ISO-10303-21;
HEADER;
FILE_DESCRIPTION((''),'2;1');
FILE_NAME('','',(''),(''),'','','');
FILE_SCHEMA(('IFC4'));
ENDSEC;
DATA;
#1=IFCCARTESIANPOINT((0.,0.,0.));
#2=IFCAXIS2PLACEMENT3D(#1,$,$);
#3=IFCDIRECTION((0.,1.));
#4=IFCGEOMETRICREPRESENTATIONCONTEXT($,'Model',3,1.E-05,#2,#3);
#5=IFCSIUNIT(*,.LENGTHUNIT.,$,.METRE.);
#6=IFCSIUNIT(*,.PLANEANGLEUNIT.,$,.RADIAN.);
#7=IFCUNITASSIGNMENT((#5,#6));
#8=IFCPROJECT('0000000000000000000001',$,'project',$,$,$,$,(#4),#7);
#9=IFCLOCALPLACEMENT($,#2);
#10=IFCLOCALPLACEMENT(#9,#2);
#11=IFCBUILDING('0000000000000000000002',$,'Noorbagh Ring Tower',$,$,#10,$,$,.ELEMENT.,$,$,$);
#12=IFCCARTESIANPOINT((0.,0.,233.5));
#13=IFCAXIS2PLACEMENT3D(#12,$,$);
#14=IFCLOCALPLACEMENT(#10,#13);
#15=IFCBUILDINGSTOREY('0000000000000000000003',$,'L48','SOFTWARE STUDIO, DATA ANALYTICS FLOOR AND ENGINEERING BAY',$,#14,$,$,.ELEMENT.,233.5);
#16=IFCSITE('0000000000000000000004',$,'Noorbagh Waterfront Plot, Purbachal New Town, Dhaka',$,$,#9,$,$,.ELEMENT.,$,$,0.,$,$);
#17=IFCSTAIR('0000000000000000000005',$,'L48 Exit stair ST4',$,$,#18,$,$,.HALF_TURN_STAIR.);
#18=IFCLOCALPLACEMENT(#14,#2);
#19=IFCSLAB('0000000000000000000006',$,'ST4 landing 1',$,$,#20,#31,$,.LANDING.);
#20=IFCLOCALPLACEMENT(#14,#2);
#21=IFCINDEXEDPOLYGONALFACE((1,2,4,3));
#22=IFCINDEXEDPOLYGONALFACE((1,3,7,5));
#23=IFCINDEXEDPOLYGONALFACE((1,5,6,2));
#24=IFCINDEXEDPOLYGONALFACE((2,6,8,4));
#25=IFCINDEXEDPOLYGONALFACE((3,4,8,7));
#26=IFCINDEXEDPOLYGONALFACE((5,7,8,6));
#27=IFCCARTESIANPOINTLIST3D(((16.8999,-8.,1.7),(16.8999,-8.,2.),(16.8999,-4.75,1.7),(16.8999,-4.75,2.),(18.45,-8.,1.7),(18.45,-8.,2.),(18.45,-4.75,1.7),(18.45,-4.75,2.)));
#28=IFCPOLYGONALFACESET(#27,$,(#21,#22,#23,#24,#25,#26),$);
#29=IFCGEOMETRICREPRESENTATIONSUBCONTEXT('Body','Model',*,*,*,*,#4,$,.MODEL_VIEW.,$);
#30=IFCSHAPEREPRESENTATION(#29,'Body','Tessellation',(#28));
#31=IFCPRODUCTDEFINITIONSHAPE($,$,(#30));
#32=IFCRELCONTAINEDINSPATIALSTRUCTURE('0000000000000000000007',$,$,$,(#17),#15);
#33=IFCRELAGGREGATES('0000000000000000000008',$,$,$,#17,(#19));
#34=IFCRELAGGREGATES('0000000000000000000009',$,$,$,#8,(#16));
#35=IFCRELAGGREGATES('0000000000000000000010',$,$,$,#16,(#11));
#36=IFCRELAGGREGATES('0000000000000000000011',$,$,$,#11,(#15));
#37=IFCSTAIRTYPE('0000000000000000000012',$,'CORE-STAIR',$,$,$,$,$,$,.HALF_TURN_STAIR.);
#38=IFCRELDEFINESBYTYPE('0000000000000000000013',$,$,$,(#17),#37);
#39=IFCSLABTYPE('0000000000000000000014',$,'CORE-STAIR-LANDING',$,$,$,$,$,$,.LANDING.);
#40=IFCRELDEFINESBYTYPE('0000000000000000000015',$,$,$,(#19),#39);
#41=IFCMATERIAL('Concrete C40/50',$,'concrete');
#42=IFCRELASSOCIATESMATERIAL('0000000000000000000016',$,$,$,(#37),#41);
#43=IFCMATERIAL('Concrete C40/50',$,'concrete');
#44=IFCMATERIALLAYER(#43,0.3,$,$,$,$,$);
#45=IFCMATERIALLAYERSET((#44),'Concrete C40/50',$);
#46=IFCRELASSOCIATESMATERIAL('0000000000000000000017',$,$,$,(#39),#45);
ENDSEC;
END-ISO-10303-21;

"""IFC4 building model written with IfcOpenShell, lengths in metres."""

from ifc_helpers import new_model, si_unit, direction, frame, origin, place, context, subcontext, project, spatial, polyline, outline, extrude, material, layer, layer_set, type_object, element, aggregate, save


model = new_model("IFC4")

# Units and contexts
model_context = context("Model", 3, precision=1e-05, world=origin(), true_north=direction((0.0, 1.0)))
body_context = subcontext(model_context, "Body", "Model", "MODEL_VIEW")
ifc_project = project(units=[si_unit("LENGTHUNIT", "METRE"), si_unit("PLANEANGLEUNIT", "RADIAN")], contexts=[model_context])

# Site, building, storey
site_placement = place(None, origin())
building_placement = place(site_placement, origin())
storey_placement = place(building_placement, frame((0.0, 0.0, 233.5)))
site = spatial("IfcSite", under=ifc_project, at=site_placement, Name="Noorbagh Waterfront Plot, Purbachal New Town, Dhaka", CompositionType="ELEMENT", RefElevation=0.0)
building = spatial("IfcBuilding", under=site, at=building_placement, Name="Noorbagh Ring Tower", CompositionType="ELEMENT")
storey = spatial("IfcBuildingStorey", under=building, at=storey_placement, Name="L48", Description="SOFTWARE STUDIO, DATA ANALYTICS FLOOR AND ENGINEERING BAY", CompositionType="ELEMENT", Elevation=233.5)

# Stair, slab
ifc_material_1 = material(Name="Concrete C40/50", Category="concrete")
stair_type = type_object("IfcStairType", Name="CORE-STAIR", PredefinedType="HALF_TURN_STAIR", material=ifc_material_1)
ifc_material_2 = material(Name="Concrete C40/50", Category="concrete")
ifc_layer_1 = layer(ifc_material_2, 0.3)
ifc_layer_set_1 = layer_set([ifc_layer_1], Name="Concrete C40/50")
slab_type = type_object("IfcSlabType", Name="CORE-STAIR-LANDING", PredefinedType="LANDING", material=ifc_layer_set_1)
stair_1_placement = place(storey_placement, origin())
stair_1 = element("IfcStair", 1, at=stair_1_placement, inside=storey, type_object=stair_type, Name="L48 Exit stair ST4", PredefinedType="HALF_TURN_STAIR")
slab_1_placement = place(storey_placement, frame((0.0, 0.0, 1.7)))
slab_1 = element("IfcSlab", 2, at=slab_1_placement, type_object=slab_type, Name="ST4 landing 1", PredefinedType="LANDING", context=body_context, shape_type="SweptSolid", body=[
    extrude(outline(polyline([(18.45, -4.75), (16.8999, -4.75), (16.8999, -8.0), (18.45, -8.0), (18.45, -4.75)])), origin(), (0.0, 0.0, 1.0), 0.3),
])
aggregate(stair_1, [slab_1])

save(model, "model.ifc")
